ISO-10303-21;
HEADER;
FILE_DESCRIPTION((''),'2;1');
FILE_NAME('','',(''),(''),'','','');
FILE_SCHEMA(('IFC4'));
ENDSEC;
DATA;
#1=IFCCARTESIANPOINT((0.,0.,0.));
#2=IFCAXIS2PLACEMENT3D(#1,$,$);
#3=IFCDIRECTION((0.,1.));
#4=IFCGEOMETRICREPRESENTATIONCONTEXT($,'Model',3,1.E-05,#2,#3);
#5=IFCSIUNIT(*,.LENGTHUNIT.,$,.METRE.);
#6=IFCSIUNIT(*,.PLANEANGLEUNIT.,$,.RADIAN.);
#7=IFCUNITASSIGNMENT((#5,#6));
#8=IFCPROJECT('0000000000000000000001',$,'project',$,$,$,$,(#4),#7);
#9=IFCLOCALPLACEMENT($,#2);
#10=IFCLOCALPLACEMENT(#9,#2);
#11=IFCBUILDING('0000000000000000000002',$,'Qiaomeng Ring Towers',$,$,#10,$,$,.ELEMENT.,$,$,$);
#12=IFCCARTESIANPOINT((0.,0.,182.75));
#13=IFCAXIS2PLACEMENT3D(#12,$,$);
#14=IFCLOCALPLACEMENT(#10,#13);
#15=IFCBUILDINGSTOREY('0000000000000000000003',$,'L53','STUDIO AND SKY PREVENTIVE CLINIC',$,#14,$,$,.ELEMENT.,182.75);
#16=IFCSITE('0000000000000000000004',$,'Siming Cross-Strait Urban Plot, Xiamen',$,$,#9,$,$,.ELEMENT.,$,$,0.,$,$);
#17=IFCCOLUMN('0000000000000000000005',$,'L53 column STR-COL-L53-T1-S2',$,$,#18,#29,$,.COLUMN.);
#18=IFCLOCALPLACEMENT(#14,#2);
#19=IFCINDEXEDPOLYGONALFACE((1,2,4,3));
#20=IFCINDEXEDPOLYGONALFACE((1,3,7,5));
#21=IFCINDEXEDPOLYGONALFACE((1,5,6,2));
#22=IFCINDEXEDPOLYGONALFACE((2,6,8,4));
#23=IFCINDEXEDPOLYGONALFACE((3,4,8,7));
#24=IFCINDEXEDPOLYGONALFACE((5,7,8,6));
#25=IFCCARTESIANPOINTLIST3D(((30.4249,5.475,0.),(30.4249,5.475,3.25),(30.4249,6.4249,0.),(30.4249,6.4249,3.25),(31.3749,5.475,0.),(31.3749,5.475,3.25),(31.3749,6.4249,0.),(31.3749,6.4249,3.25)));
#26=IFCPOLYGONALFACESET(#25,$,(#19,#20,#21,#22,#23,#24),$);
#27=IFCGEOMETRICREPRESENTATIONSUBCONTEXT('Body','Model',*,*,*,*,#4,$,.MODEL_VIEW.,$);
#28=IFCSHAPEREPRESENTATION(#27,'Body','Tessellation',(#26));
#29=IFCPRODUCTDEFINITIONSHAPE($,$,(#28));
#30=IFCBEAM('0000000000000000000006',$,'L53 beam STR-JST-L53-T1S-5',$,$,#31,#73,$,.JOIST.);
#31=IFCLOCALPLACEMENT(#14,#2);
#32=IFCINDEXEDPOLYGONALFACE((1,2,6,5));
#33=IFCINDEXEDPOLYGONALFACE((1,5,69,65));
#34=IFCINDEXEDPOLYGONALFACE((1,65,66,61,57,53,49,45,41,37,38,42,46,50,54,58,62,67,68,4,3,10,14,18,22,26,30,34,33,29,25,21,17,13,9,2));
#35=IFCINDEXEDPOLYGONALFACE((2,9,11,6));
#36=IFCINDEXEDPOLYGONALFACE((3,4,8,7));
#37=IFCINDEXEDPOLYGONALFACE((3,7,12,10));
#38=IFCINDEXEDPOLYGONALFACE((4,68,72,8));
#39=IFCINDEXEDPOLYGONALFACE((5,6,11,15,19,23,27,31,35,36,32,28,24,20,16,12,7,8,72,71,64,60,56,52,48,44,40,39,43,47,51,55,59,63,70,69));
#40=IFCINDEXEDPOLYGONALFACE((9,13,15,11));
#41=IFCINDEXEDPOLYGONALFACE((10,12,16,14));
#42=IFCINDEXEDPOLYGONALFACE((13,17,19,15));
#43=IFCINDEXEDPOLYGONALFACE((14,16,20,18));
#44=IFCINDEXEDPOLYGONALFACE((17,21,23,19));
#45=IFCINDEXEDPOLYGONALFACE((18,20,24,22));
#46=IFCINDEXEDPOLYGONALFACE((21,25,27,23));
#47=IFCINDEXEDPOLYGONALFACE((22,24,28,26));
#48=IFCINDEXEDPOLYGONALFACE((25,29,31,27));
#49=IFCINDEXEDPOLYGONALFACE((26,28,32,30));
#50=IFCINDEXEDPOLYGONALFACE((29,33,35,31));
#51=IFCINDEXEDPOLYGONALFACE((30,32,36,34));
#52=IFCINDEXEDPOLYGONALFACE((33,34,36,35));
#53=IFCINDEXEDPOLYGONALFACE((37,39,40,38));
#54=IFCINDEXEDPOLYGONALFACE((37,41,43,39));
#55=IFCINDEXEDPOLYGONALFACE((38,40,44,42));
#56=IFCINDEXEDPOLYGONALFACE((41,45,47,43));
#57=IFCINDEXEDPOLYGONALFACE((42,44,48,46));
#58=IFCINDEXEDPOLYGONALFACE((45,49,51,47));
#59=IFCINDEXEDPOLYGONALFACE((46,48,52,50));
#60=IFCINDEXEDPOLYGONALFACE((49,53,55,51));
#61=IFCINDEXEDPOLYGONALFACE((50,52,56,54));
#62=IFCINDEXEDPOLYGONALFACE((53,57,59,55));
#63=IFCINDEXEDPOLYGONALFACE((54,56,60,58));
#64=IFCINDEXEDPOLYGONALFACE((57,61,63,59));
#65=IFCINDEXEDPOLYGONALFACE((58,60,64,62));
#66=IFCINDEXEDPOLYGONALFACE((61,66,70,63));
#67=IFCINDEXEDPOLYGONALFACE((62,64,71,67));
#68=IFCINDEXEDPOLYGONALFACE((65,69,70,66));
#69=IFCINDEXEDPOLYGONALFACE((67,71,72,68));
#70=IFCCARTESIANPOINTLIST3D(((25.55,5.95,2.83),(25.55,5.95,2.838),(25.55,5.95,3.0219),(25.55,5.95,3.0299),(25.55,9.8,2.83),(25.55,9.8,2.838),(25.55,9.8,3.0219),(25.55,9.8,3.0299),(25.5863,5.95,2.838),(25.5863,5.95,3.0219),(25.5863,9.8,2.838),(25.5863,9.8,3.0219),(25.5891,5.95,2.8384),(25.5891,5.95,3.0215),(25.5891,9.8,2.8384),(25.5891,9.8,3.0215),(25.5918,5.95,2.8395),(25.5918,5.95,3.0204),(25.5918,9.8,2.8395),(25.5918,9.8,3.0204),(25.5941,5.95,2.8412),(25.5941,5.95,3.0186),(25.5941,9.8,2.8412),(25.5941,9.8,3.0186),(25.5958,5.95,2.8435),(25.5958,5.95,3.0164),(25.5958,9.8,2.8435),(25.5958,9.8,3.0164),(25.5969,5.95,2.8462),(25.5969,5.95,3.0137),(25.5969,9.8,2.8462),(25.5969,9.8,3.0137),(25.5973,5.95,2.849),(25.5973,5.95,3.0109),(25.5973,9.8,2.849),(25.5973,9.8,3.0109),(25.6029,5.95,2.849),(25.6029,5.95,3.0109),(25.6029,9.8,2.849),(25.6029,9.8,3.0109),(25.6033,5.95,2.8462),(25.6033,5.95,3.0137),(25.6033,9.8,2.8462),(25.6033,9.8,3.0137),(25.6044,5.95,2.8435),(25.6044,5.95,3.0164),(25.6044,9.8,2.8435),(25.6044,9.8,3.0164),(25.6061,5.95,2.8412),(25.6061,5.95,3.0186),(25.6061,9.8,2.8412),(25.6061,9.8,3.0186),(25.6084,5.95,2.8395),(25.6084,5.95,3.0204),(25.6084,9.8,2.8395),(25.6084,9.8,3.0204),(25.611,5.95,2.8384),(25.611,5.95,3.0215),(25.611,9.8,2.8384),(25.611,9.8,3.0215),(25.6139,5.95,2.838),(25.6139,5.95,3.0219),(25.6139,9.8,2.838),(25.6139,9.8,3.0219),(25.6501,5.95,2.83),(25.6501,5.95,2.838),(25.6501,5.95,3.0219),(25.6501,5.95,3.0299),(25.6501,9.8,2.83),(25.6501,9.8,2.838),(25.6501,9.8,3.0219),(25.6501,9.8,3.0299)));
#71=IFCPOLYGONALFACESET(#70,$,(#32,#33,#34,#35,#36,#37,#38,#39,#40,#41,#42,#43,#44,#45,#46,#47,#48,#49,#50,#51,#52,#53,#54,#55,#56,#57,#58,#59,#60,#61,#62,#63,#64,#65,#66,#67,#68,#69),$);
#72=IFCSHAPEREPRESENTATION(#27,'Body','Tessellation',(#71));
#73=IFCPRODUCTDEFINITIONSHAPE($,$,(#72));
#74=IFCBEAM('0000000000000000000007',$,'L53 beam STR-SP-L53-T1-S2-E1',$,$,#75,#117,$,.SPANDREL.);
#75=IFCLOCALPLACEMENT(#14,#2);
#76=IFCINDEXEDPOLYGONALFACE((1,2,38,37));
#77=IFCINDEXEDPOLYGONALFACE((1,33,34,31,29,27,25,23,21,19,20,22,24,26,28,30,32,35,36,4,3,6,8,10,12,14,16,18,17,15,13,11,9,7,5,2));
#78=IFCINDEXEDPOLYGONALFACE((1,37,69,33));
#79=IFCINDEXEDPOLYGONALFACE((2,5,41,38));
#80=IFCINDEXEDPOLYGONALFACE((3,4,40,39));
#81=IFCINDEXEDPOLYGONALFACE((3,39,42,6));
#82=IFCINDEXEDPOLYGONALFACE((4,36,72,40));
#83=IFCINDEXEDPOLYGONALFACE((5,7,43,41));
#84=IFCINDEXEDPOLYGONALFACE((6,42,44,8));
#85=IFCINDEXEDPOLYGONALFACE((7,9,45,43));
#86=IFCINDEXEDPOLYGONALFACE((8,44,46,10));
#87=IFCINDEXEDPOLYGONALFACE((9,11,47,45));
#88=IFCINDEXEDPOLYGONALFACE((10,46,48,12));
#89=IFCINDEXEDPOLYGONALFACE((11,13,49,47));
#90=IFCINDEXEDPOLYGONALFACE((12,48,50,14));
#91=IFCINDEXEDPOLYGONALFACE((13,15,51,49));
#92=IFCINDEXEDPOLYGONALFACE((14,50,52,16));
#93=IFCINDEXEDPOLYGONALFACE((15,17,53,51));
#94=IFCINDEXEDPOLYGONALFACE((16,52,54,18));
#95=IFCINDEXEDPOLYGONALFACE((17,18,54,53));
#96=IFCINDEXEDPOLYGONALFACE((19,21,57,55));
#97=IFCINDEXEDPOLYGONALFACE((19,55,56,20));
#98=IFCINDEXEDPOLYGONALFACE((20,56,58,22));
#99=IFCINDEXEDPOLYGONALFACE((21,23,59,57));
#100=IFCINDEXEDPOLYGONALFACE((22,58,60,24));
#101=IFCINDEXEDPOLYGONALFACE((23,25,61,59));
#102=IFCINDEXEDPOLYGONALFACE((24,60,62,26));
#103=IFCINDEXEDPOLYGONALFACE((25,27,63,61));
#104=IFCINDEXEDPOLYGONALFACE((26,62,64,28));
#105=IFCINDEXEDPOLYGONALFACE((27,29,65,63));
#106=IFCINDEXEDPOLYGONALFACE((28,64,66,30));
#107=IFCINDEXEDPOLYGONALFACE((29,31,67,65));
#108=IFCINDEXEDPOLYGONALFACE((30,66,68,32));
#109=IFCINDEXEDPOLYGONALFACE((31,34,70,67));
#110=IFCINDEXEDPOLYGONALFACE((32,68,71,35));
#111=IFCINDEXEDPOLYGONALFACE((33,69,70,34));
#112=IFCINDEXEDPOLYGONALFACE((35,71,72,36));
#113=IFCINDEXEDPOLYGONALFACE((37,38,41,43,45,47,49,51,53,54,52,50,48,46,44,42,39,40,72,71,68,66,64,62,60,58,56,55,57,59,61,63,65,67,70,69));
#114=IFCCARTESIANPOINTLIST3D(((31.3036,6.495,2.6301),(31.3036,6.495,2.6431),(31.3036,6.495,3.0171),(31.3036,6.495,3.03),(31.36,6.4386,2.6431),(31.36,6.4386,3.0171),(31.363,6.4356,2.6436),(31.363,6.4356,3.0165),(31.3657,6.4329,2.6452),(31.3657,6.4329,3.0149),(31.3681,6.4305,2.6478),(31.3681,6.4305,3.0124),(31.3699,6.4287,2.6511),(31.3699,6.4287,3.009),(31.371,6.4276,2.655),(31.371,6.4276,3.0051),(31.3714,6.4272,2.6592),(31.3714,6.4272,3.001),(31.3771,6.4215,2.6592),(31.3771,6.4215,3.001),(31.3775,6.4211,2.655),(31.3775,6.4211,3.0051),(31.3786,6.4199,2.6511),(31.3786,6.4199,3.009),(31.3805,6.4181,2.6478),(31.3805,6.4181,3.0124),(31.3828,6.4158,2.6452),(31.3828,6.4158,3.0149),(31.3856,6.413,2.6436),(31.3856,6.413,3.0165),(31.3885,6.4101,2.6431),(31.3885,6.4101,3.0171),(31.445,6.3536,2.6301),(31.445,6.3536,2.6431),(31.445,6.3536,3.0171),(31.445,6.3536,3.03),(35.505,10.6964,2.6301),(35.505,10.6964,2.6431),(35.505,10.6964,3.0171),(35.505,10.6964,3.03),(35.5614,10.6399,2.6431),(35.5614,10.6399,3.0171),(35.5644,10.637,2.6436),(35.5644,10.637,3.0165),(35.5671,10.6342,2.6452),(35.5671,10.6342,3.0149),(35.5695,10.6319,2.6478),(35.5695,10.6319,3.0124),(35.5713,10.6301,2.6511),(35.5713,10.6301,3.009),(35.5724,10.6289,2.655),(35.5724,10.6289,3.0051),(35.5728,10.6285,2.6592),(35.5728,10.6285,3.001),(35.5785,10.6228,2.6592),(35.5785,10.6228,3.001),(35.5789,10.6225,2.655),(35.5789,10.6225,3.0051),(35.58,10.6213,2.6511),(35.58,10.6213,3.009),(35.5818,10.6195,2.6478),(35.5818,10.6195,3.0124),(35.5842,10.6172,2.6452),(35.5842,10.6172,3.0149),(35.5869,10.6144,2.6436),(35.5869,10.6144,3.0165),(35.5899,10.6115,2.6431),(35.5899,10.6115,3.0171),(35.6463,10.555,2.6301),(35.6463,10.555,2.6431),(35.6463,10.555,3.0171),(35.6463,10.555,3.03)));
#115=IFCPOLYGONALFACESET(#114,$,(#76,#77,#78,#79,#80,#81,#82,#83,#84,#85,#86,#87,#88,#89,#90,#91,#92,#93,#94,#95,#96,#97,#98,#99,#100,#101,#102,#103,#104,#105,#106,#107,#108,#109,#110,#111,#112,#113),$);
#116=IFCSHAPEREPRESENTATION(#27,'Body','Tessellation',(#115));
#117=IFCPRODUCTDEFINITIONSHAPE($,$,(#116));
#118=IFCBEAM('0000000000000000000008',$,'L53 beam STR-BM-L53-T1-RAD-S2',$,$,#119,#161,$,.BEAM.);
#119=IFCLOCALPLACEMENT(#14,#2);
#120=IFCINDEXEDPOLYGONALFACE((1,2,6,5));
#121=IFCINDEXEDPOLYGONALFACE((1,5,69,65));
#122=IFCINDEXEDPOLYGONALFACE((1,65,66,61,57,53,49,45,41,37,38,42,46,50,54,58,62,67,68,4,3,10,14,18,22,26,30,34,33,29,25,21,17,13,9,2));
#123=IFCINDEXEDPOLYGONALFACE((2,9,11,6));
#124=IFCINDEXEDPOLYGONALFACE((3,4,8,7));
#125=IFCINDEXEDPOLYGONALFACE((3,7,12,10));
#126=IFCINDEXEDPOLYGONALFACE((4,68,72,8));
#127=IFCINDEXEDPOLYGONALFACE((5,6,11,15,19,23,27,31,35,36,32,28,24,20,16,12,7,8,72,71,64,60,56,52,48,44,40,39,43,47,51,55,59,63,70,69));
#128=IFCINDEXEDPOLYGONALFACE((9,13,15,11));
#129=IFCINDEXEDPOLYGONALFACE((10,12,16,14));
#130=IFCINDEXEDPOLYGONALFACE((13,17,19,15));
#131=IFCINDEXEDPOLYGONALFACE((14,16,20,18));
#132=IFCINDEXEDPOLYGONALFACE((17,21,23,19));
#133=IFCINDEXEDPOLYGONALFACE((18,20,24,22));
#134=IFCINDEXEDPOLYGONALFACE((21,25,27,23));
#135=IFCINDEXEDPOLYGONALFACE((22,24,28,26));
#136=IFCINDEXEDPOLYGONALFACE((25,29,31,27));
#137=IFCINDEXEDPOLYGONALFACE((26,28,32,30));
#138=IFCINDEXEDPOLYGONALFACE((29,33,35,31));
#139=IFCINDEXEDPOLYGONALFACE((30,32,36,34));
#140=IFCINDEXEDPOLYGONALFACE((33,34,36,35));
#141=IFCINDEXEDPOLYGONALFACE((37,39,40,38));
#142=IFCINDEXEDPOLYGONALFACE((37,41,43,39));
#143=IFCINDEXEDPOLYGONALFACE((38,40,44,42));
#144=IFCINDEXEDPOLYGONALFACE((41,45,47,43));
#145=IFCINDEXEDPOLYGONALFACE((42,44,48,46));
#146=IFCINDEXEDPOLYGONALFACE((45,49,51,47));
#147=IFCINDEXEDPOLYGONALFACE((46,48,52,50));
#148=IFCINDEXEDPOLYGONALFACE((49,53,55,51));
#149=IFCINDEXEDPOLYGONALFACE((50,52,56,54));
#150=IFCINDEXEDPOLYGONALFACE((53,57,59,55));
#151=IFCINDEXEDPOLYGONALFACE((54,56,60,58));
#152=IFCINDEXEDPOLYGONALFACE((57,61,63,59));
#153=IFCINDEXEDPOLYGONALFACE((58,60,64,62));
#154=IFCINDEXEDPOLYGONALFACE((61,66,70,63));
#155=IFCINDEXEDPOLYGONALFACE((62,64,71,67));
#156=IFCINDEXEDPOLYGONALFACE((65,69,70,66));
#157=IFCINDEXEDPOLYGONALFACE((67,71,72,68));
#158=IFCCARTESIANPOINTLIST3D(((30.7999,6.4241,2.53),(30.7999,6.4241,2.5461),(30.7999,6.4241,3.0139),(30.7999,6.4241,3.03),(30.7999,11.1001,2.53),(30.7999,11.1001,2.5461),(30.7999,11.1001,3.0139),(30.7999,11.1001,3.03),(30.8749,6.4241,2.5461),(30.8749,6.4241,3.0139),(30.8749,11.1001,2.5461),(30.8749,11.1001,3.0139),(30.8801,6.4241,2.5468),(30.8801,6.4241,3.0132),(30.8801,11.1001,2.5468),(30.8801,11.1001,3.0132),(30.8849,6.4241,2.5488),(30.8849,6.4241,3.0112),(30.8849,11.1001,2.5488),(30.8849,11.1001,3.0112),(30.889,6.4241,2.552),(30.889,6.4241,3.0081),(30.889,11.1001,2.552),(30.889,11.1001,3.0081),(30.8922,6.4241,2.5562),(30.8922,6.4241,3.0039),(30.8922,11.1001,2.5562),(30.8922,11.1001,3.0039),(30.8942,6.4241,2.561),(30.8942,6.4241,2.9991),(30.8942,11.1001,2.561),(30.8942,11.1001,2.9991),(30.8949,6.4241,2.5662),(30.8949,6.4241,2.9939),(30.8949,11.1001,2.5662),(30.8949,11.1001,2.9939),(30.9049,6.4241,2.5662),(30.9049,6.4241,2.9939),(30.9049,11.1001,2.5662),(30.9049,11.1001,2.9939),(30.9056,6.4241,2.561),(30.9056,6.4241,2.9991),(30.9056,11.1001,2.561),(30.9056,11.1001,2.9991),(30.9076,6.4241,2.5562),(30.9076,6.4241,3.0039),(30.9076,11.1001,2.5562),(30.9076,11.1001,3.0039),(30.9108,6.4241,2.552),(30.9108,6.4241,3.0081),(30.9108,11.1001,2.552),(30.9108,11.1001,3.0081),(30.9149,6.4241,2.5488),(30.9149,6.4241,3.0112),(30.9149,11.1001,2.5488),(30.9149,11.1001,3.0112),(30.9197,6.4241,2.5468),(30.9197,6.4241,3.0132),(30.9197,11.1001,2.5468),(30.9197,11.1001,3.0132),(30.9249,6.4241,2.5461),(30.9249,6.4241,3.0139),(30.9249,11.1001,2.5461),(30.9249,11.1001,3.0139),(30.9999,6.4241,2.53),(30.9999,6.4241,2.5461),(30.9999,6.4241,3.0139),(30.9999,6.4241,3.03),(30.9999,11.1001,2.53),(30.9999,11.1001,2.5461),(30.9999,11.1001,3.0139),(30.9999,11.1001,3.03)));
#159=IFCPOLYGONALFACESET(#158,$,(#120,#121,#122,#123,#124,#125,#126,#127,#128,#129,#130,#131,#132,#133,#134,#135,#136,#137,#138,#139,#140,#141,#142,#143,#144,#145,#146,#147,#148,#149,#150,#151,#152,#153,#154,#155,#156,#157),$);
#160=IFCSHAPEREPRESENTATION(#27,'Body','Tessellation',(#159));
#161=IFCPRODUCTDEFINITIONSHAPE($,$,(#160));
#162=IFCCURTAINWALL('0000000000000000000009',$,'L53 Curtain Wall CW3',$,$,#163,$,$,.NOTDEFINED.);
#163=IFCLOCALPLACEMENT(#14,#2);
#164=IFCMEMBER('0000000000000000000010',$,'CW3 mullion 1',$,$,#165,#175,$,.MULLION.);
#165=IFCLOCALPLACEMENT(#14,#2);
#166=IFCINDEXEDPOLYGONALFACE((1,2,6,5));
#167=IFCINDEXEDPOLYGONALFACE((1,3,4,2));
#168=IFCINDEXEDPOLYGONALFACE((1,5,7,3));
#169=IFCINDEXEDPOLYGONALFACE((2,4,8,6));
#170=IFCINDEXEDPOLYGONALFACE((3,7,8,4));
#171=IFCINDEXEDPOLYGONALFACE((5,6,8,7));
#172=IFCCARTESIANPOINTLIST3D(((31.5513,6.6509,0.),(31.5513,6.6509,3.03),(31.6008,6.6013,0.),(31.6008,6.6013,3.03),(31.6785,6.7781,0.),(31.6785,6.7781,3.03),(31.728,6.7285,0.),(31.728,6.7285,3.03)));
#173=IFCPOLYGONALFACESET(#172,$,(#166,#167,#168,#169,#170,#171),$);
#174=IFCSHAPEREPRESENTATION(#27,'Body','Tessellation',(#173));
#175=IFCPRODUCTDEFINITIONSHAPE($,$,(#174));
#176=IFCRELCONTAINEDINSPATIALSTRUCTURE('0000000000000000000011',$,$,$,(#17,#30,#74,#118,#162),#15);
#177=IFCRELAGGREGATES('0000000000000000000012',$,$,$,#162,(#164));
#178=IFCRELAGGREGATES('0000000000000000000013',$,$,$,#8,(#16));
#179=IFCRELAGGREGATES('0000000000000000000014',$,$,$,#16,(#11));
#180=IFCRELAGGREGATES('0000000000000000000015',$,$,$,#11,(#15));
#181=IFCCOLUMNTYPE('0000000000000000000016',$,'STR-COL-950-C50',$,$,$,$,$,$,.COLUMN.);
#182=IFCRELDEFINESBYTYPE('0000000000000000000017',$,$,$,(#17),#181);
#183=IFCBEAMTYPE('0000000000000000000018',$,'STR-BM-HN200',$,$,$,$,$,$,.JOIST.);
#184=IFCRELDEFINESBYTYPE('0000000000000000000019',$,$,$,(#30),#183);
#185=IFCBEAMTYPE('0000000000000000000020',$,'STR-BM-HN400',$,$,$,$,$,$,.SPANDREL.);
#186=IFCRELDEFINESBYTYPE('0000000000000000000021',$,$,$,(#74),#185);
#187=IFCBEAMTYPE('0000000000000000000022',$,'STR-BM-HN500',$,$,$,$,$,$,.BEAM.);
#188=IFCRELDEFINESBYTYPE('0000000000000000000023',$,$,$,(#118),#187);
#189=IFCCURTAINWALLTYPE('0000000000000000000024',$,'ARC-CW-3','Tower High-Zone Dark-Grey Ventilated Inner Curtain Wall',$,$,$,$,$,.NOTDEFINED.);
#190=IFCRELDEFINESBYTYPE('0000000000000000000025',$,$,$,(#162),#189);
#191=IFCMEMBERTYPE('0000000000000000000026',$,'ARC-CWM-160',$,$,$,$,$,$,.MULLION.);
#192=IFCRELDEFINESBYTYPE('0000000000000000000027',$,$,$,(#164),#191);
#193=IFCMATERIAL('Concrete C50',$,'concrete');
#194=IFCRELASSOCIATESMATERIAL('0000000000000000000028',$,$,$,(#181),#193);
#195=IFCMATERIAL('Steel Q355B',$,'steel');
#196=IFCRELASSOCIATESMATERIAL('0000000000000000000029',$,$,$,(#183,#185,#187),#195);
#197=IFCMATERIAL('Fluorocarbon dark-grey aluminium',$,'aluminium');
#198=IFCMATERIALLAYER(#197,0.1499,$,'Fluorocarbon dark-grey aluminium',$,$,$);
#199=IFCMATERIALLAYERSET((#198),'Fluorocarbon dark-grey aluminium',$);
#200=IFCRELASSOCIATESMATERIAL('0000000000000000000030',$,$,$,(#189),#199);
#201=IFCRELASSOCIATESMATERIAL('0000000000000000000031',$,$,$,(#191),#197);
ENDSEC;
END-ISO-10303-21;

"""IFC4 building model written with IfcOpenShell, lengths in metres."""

from ifc_helpers import new_model, si_unit, direction, frame, origin, origin_2d, place, context, subcontext, project, spatial, rectangle, i_section, extrude, source, transform, mapped, material, layer, layer_set, material_profile, profile_set, type_object, element, aggregate, save


model = new_model("IFC4")

# Units and contexts
model_context = context("Model", 3, precision=1e-05, world=origin(), true_north=direction((0.0, 1.0)))
body_context = subcontext(model_context, "Body", "Model", "MODEL_VIEW")
ifc_project = project(units=[si_unit("LENGTHUNIT", "METRE"), si_unit("PLANEANGLEUNIT", "RADIAN")], contexts=[model_context])

# Site, building, storey
site_placement = place(None, origin())
site = spatial("IfcSite", under=ifc_project, at=site_placement, Name="Siming Cross-Strait Urban Plot, Xiamen", CompositionType="ELEMENT", RefElevation=0.0)
building_placement = place(site_placement, origin())
building = spatial("IfcBuilding", under=site, at=building_placement, Name="Qiaomeng Ring Towers", CompositionType="ELEMENT")
storey_placement = place(building_placement, frame((0.0, 0.0, 182.75)))
storey = spatial("IfcBuildingStorey", under=building, at=storey_placement, Name="L53", Description="STUDIO AND SKY PREVENTIVE CLINIC", CompositionType="ELEMENT", Elevation=182.75)

# Column
ifc_material_1 = material(Name="Concrete C50", Category="concrete")
ifc_material_profile_1 = material_profile(ifc_material_1, rectangle(XDim=0.95, YDim=0.95, at=origin_2d()), Name="RC COL 950x950")
ifc_profile_set_1 = profile_set([ifc_material_profile_1], Name="Concrete C50")
column_type = type_object("IfcColumnType", Name="STR-COL-950-C50", PredefinedType="COLUMN", material=ifc_profile_set_1)
shared_shape_1 = source(origin(), body_context, "Body", "SweptSolid", [
    extrude(rectangle(XDim=0.95, YDim=0.95, at=origin_2d()), origin(), (0.0, 0.0, 1.0), 3.25),
])
column_placement = place(storey_placement, frame((30.8999, 5.95, 0.0), z_axis=(0.0, 0.0, 1.0), x_axis=(1.0, 0.0, 0.0)))
element("IfcColumn", 1, at=column_placement, inside=storey, type_object=column_type, Name="L53 column STR-COL-L53-T1-S2", PredefinedType="COLUMN", context=body_context, shape_type="MappedRepresentation", body=[
    mapped(shared_shape_1, transform((0.0, 0.0, 0.0), x_axis=(1.0, 0.0, 0.0), y_axis=(0.0, 1.0, 0.0), z_axis=(0.0, 0.0, 1.0), scale=1.0)),
])

# Beams
ifc_material_2 = material(Name="Steel Q355B", Category="steel")
ifc_material_profile_2 = material_profile(ifc_material_2, i_section(OverallWidth=0.1001, OverallDepth=0.2, WebThickness=0.0056, FlangeThickness=0.0081, FilletRadius=0.011, at=origin_2d()), Name="HN 200x100x5.5x8")
ifc_profile_set_2 = profile_set([ifc_material_profile_2], Name="Steel Q355B")
beam_type_1 = type_object("IfcBeamType", Name="STR-BM-HN200", PredefinedType="JOIST", material=ifc_profile_set_2)
shared_shape_2 = source(origin(), body_context, "Body", "SweptSolid", [
    extrude(i_section(OverallWidth=0.1001, OverallDepth=0.2, WebThickness=0.0056, FlangeThickness=0.0081, FilletRadius=0.011, at=origin_2d()), origin(), (0.0, 0.0, 1.0), 3.8501),
])
beam_1_placement = place(storey_placement, frame((25.6001, 5.95, 2.9299), z_axis=(0.0, 1.0, 0.0), x_axis=(-1.0, 0.0, 0.0)))
element("IfcBeam", 2, at=beam_1_placement, inside=storey, type_object=beam_type_1, Name="L53 beam STR-JST-L53-T1S-5", PredefinedType="JOIST", context=body_context, shape_type="MappedRepresentation", body=[
    mapped(shared_shape_2, transform((0.0, 0.0, 0.0), x_axis=(1.0, 0.0, 0.0), y_axis=(0.0, 1.0, 0.0), z_axis=(0.0, 0.0, 1.0), scale=1.0)),
])
ifc_material_profile_3 = material_profile(ifc_material_2, i_section(OverallWidth=0.2, OverallDepth=0.3999, WebThickness=0.0081, FlangeThickness=0.0129, FilletRadius=0.0161, at=origin_2d()), Name="HN 400x200x8x13")
ifc_profile_set_3 = profile_set([ifc_material_profile_3], Name="Steel Q355B")
beam_type_2 = type_object("IfcBeamType", Name="STR-BM-HN400", PredefinedType="SPANDREL", material=ifc_profile_set_3)
shared_shape_3 = source(origin(), body_context, "Body", "SweptSolid", [
    extrude(i_section(OverallWidth=0.2, OverallDepth=0.3999, WebThickness=0.0081, FlangeThickness=0.0129, FilletRadius=0.0161, at=origin_2d()), origin(), (0.0, 0.0, 1.0), 5.9417),
])
beam_2_placement = place(storey_placement, frame((31.3743, 6.4243, 2.8301), z_axis=(0.707107, 0.707107, 0.0), x_axis=(-0.707107, 0.707107, 0.0)))
element("IfcBeam", 3, at=beam_2_placement, inside=storey, type_object=beam_type_2, Name="L53 beam STR-SP-L53-T1-S2-E1", PredefinedType="SPANDREL", context=body_context, shape_type="MappedRepresentation", body=[
    mapped(shared_shape_3, transform((0.0, 0.0, 0.0), x_axis=(1.0, 0.0, 0.0), y_axis=(0.0, 1.0, 0.0), z_axis=(0.0, 0.0, 1.0), scale=1.0)),
])
ifc_material_profile_4 = material_profile(ifc_material_2, i_section(OverallWidth=0.2, OverallDepth=0.5, WebThickness=0.01, FlangeThickness=0.0161, FilletRadius=0.02, at=origin_2d()), Name="HN 500x200x10x16")
ifc_profile_set_4 = profile_set([ifc_material_profile_4], Name="Steel Q355B")
beam_type_3 = type_object("IfcBeamType", Name="STR-BM-HN500", PredefinedType="BEAM", material=ifc_profile_set_4)
shared_shape_4 = source(origin(), body_context, "Body", "SweptSolid", [
    extrude(i_section(OverallWidth=0.2, OverallDepth=0.5, WebThickness=0.01, FlangeThickness=0.0161, FilletRadius=0.02, at=origin_2d()), origin(), (0.0, 0.0, 1.0), 4.676),
])
beam_3_placement = place(storey_placement, frame((30.8999, 6.4241, 2.78), z_axis=(0.0, 1.0, 0.0), x_axis=(-1.0, 0.0, 0.0)))
element("IfcBeam", 4, at=beam_3_placement, inside=storey, type_object=beam_type_3, Name="L53 beam STR-BM-L53-T1-RAD-S2", PredefinedType="BEAM", context=body_context, shape_type="MappedRepresentation", body=[
    mapped(shared_shape_4, transform((0.0, 0.0, 0.0), x_axis=(1.0, 0.0, 0.0), y_axis=(0.0, 1.0, 0.0), z_axis=(0.0, 0.0, 1.0), scale=1.0)),
])

# Curtain wall, member
ifc_material_3 = material(Name="Fluorocarbon dark-grey aluminium", Category="aluminium")
ifc_layer_1 = layer(ifc_material_3, 0.1499, Name="Fluorocarbon dark-grey aluminium")
ifc_layer_set_1 = layer_set([ifc_layer_1], Name="Fluorocarbon dark-grey aluminium")
curtain_wall_type = type_object("IfcCurtainWallType", Name="ARC-CW-3", Description="Tower High-Zone Dark-Grey Ventilated Inner Curtain Wall", PredefinedType="NOTDEFINED", material=ifc_layer_set_1)
curtain_wall_placement = place(storey_placement, origin())
curtain_wall = element("IfcCurtainWall", 5, at=curtain_wall_placement, inside=storey, type_object=curtain_wall_type, Name="L53 Curtain Wall CW3", PredefinedType="NOTDEFINED")
ifc_material_profile_5 = material_profile(ifc_material_3, rectangle(XDim=0.0701, YDim=0.1799, at=origin_2d()), Name="ALU MULL 70x180")
ifc_profile_set_5 = profile_set([ifc_material_profile_5], Name="Fluorocarbon dark-grey aluminium")
member_type_1 = type_object("IfcMemberType", Name="ARC-CWM-160", PredefinedType="MULLION", material=ifc_profile_set_5)
shared_shape_5 = source(origin(), body_context, "Body", "SweptSolid", [
    extrude(rectangle(XDim=0.0701, YDim=0.1799, at=origin_2d()), origin(), (0.0, 0.0, 1.0), 3.03),
])
member_1_placement = place(storey_placement, frame((31.6396, 6.6897, 0.0), z_axis=(0.0, 0.0, 1.0), x_axis=(-0.707107, 0.707107, 0.0)))
member_1 = element("IfcMember", 6, at=member_1_placement, type_object=member_type_1, Name="CW3 mullion 1", PredefinedType="MULLION", context=body_context, shape_type="MappedRepresentation", body=[
    mapped(shared_shape_5, transform((0.0, 0.0, 0.0), x_axis=(1.0, 0.0, 0.0), y_axis=(0.0, 1.0, 0.0), z_axis=(0.0, 0.0, 1.0), scale=1.0)),
])
aggregate(curtain_wall, [member_1])

save(model, "model.ifc")
